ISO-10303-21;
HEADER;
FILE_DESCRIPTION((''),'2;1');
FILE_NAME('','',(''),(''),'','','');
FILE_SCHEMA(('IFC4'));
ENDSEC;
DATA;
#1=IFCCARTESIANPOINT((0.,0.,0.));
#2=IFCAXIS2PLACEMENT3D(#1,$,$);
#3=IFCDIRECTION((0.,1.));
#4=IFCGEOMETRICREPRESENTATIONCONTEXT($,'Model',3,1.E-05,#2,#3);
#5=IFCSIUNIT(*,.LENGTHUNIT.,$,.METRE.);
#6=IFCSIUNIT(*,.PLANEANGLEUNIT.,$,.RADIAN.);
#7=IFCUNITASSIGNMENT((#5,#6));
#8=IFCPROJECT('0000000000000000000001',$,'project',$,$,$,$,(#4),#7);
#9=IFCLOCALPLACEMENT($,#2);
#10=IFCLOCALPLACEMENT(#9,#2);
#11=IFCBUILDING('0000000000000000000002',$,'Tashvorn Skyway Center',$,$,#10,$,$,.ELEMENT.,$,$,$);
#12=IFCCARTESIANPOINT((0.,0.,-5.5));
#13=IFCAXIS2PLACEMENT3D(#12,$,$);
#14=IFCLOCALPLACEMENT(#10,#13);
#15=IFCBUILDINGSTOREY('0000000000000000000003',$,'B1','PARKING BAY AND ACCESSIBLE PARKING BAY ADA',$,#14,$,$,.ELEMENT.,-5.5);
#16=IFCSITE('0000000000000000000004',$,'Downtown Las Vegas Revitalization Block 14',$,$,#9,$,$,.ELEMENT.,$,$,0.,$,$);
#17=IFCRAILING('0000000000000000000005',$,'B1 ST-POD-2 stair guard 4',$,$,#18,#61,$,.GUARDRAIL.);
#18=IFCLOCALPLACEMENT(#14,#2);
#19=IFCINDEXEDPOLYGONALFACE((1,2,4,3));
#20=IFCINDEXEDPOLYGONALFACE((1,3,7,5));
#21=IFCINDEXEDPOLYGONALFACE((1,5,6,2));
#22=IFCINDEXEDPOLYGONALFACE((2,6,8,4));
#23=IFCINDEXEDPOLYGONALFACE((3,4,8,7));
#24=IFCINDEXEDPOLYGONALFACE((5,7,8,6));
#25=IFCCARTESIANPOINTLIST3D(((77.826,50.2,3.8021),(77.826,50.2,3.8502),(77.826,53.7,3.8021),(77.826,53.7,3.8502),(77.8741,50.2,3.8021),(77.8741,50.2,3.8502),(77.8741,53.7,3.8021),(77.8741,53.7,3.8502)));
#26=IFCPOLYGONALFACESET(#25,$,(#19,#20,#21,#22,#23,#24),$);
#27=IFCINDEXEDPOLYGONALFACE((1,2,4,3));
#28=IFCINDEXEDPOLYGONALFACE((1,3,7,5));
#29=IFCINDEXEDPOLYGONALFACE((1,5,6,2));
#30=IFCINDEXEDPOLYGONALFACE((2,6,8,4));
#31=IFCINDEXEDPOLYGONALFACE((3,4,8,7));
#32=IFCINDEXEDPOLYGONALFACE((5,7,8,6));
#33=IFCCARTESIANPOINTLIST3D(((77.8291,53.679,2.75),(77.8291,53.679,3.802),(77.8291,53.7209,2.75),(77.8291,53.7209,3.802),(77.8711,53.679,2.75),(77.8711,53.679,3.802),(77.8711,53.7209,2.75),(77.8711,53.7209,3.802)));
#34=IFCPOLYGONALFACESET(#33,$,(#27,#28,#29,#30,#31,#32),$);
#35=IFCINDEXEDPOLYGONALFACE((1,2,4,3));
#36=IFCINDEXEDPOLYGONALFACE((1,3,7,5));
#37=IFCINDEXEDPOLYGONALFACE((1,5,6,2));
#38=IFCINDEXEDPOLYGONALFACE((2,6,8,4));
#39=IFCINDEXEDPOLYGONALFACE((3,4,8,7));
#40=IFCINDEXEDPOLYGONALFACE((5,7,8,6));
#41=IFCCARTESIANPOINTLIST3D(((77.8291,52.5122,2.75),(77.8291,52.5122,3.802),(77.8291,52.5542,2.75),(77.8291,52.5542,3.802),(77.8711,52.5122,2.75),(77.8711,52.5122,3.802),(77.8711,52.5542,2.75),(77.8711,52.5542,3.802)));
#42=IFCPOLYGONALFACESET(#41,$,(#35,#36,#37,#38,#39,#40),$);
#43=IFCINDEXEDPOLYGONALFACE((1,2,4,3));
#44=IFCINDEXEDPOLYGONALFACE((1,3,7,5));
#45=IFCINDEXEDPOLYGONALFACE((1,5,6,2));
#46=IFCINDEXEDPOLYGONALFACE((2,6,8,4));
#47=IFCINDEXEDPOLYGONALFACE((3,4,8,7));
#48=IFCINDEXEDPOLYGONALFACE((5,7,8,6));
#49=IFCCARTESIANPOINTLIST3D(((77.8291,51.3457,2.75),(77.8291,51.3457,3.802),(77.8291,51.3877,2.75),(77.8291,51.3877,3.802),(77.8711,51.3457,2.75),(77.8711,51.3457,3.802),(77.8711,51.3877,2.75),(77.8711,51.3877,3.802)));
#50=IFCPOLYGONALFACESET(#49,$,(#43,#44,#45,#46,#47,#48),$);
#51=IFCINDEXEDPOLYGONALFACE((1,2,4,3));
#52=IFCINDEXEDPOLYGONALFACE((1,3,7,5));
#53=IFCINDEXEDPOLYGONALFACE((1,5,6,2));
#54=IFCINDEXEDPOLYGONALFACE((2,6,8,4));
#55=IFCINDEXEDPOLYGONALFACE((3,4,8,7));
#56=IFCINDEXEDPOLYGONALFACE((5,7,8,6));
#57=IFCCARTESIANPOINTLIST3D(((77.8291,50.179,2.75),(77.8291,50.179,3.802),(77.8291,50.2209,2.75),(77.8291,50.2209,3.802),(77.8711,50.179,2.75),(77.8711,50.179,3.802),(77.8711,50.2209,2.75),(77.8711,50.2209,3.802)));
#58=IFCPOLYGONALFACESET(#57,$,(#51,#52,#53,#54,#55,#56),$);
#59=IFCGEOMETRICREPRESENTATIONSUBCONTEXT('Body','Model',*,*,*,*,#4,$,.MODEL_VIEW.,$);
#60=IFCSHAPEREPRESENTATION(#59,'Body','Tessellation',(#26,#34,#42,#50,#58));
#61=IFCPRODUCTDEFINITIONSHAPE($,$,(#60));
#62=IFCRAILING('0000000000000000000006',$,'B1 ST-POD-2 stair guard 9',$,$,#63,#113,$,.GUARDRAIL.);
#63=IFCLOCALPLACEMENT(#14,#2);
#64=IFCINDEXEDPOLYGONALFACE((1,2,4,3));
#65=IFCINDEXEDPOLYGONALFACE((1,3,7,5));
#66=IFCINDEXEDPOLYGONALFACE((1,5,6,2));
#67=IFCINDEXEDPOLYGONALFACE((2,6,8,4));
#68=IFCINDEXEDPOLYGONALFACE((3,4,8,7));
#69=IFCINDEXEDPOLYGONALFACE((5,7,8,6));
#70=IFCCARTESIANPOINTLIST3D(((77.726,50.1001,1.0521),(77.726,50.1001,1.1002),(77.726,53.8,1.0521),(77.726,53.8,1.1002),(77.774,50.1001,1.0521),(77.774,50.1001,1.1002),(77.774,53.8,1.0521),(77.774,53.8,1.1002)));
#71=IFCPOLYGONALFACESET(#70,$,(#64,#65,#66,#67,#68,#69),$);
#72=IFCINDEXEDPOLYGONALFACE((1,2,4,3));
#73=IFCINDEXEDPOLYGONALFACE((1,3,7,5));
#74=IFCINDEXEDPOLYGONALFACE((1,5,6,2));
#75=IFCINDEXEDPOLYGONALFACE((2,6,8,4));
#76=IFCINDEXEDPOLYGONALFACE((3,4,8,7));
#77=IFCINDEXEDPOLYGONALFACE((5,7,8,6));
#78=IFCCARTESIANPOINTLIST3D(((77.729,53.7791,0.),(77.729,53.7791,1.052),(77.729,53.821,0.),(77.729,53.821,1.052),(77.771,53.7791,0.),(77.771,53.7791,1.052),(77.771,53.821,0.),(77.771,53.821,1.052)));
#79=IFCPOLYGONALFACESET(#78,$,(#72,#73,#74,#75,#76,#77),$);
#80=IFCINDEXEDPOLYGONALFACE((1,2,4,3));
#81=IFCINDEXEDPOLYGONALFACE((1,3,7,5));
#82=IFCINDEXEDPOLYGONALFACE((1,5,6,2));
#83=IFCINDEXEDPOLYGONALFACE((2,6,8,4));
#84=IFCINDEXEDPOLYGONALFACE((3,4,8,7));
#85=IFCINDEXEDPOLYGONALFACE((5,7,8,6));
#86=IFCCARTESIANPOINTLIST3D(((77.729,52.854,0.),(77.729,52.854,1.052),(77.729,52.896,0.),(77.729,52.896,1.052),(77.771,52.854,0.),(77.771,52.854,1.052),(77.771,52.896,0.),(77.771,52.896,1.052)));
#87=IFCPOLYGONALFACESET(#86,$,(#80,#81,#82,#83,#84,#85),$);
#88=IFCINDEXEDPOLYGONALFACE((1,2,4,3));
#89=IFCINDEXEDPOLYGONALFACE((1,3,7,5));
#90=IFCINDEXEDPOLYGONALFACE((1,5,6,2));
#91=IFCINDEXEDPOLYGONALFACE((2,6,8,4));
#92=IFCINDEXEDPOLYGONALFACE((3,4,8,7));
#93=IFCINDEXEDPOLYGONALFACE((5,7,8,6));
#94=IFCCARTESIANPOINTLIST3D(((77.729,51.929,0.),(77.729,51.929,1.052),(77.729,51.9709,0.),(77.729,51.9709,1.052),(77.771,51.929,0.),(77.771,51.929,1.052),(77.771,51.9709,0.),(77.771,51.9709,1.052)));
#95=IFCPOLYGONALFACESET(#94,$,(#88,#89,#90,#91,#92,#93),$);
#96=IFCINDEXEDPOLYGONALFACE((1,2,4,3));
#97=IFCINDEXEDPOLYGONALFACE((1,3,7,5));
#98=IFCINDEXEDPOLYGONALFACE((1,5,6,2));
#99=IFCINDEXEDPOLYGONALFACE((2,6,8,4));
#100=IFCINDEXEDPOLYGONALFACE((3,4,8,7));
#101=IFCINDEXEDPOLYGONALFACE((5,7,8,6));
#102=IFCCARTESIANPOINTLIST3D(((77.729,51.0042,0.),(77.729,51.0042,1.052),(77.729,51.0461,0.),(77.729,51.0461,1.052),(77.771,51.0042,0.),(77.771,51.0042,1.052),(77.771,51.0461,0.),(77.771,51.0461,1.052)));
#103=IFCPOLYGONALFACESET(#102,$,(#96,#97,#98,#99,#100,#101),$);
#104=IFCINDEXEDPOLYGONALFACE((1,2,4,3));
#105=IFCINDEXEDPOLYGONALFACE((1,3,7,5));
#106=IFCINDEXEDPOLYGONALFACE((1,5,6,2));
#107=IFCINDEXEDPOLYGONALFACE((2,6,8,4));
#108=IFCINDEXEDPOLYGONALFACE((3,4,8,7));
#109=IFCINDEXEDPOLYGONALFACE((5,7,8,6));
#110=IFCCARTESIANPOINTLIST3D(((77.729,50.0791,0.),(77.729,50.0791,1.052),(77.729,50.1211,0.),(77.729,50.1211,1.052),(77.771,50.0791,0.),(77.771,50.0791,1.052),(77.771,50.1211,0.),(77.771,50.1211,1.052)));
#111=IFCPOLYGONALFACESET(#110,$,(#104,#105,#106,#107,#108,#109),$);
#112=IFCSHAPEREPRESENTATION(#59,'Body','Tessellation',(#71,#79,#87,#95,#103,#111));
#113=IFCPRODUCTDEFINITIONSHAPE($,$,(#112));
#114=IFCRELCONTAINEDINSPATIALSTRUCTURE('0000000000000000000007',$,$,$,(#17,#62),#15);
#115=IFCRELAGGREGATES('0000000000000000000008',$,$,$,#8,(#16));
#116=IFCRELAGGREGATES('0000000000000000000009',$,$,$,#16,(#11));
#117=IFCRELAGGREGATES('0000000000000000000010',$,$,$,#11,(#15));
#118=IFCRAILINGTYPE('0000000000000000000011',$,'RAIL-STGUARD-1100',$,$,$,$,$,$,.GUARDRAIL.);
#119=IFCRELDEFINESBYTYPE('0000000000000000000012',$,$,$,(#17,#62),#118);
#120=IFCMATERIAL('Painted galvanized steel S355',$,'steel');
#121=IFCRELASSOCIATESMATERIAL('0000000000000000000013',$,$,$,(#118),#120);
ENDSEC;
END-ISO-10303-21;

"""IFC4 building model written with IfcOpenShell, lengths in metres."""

from ifc_helpers import new_model, si_unit, direction, frame, origin, origin_2d, place, context, subcontext, project, spatial, rectangle, extrude, material, type_object, element, save


model = new_model("IFC4")

# Units and contexts
model_context = context("Model", 3, precision=1e-05, world=origin(), true_north=direction((0.0, 1.0)))
body_context = subcontext(model_context, "Body", "Model", "MODEL_VIEW")
ifc_project = project(units=[si_unit("LENGTHUNIT", "METRE"), si_unit("PLANEANGLEUNIT", "RADIAN")], contexts=[model_context])

# Site, building, storey
site_placement = place(None, origin())
site = spatial("IfcSite", under=ifc_project, at=site_placement, Name="Downtown Las Vegas Revitalization Block 14", CompositionType="ELEMENT", RefElevation=0.0)
building_placement = place(site_placement, origin())
building = spatial("IfcBuilding", under=site, at=building_placement, Name="Tashvorn Skyway Center", CompositionType="ELEMENT")
storey_placement = place(building_placement, frame((0.0, 0.0, -5.5)))
storey = spatial("IfcBuildingStorey", under=building, at=storey_placement, Name="B1", Description="PARKING BAY AND ACCESSIBLE PARKING BAY ADA", CompositionType="ELEMENT", Elevation=-5.5)

# Railings
ifc_material_1 = material(Name="Painted galvanized steel S355", Category="steel")
railing_type = type_object("IfcRailingType", Name="RAIL-STGUARD-1100", PredefinedType="GUARDRAIL", material=ifc_material_1)
railing_1_placement = place(storey_placement, frame((77.8501, 53.7, 2.75)))
element("IfcRailing", 1, at=railing_1_placement, inside=storey, type_object=railing_type, Name="B1 ST-POD-2 stair guard 4", PredefinedType="GUARDRAIL", context=body_context, shape_type="SweptSolid", body=[
    extrude(rectangle(XDim=0.0481, YDim=0.0481, at=origin_2d()), frame((0.0, 0.0, 1.0762), z_axis=(0.0, -1.0, 0.0), x_axis=(1.0, 0.0, 0.0)), (0.0, 0.0, 1.0), 3.5),
    extrude(rectangle(XDim=0.042, YDim=0.042, at=origin_2d()), origin(), (0.0, 0.0, 1.0), 1.052),
    extrude(rectangle(XDim=0.042, YDim=0.042, at=origin_2d()), frame((0.0, -1.1667, 0.0)), (0.0, 0.0, 1.0), 1.052),
    extrude(rectangle(XDim=0.042, YDim=0.042, at=origin_2d()), frame((0.0, -2.3333, 0.0)), (0.0, 0.0, 1.0), 1.052),
    extrude(rectangle(XDim=0.042, YDim=0.042, at=origin_2d()), frame((0.0, -3.5, 0.0)), (0.0, 0.0, 1.0), 1.052),
])
railing_2_placement = place(storey_placement, frame((77.75, 53.8, 0.0)))
element("IfcRailing", 2, at=railing_2_placement, inside=storey, type_object=railing_type, Name="B1 ST-POD-2 stair guard 9", PredefinedType="GUARDRAIL", context=body_context, shape_type="SweptSolid", body=[
    extrude(rectangle(XDim=0.0481, YDim=0.0481, at=origin_2d()), frame((0.0, 0.0, 1.0762), z_axis=(0.0, -1.0, 0.0), x_axis=(1.0, 0.0, 0.0)), (0.0, 0.0, 1.0), 3.7),
    extrude(rectangle(XDim=0.042, YDim=0.042, at=origin_2d()), origin(), (0.0, 0.0, 1.0), 1.052),
    extrude(rectangle(XDim=0.042, YDim=0.042, at=origin_2d()), frame((0.0, -0.925, 0.0)), (0.0, 0.0, 1.0), 1.052),
    extrude(rectangle(XDim=0.042, YDim=0.042, at=origin_2d()), frame((0.0, -1.8501, 0.0)), (0.0, 0.0, 1.0), 1.052),
    extrude(rectangle(XDim=0.042, YDim=0.042, at=origin_2d()), frame((0.0, -2.7749, 0.0)), (0.0, 0.0, 1.0), 1.052),
    extrude(rectangle(XDim=0.042, YDim=0.042, at=origin_2d()), frame((0.0, -3.7, 0.0)), (0.0, 0.0, 1.0), 1.052),
])

save(model, "model.ifc")
